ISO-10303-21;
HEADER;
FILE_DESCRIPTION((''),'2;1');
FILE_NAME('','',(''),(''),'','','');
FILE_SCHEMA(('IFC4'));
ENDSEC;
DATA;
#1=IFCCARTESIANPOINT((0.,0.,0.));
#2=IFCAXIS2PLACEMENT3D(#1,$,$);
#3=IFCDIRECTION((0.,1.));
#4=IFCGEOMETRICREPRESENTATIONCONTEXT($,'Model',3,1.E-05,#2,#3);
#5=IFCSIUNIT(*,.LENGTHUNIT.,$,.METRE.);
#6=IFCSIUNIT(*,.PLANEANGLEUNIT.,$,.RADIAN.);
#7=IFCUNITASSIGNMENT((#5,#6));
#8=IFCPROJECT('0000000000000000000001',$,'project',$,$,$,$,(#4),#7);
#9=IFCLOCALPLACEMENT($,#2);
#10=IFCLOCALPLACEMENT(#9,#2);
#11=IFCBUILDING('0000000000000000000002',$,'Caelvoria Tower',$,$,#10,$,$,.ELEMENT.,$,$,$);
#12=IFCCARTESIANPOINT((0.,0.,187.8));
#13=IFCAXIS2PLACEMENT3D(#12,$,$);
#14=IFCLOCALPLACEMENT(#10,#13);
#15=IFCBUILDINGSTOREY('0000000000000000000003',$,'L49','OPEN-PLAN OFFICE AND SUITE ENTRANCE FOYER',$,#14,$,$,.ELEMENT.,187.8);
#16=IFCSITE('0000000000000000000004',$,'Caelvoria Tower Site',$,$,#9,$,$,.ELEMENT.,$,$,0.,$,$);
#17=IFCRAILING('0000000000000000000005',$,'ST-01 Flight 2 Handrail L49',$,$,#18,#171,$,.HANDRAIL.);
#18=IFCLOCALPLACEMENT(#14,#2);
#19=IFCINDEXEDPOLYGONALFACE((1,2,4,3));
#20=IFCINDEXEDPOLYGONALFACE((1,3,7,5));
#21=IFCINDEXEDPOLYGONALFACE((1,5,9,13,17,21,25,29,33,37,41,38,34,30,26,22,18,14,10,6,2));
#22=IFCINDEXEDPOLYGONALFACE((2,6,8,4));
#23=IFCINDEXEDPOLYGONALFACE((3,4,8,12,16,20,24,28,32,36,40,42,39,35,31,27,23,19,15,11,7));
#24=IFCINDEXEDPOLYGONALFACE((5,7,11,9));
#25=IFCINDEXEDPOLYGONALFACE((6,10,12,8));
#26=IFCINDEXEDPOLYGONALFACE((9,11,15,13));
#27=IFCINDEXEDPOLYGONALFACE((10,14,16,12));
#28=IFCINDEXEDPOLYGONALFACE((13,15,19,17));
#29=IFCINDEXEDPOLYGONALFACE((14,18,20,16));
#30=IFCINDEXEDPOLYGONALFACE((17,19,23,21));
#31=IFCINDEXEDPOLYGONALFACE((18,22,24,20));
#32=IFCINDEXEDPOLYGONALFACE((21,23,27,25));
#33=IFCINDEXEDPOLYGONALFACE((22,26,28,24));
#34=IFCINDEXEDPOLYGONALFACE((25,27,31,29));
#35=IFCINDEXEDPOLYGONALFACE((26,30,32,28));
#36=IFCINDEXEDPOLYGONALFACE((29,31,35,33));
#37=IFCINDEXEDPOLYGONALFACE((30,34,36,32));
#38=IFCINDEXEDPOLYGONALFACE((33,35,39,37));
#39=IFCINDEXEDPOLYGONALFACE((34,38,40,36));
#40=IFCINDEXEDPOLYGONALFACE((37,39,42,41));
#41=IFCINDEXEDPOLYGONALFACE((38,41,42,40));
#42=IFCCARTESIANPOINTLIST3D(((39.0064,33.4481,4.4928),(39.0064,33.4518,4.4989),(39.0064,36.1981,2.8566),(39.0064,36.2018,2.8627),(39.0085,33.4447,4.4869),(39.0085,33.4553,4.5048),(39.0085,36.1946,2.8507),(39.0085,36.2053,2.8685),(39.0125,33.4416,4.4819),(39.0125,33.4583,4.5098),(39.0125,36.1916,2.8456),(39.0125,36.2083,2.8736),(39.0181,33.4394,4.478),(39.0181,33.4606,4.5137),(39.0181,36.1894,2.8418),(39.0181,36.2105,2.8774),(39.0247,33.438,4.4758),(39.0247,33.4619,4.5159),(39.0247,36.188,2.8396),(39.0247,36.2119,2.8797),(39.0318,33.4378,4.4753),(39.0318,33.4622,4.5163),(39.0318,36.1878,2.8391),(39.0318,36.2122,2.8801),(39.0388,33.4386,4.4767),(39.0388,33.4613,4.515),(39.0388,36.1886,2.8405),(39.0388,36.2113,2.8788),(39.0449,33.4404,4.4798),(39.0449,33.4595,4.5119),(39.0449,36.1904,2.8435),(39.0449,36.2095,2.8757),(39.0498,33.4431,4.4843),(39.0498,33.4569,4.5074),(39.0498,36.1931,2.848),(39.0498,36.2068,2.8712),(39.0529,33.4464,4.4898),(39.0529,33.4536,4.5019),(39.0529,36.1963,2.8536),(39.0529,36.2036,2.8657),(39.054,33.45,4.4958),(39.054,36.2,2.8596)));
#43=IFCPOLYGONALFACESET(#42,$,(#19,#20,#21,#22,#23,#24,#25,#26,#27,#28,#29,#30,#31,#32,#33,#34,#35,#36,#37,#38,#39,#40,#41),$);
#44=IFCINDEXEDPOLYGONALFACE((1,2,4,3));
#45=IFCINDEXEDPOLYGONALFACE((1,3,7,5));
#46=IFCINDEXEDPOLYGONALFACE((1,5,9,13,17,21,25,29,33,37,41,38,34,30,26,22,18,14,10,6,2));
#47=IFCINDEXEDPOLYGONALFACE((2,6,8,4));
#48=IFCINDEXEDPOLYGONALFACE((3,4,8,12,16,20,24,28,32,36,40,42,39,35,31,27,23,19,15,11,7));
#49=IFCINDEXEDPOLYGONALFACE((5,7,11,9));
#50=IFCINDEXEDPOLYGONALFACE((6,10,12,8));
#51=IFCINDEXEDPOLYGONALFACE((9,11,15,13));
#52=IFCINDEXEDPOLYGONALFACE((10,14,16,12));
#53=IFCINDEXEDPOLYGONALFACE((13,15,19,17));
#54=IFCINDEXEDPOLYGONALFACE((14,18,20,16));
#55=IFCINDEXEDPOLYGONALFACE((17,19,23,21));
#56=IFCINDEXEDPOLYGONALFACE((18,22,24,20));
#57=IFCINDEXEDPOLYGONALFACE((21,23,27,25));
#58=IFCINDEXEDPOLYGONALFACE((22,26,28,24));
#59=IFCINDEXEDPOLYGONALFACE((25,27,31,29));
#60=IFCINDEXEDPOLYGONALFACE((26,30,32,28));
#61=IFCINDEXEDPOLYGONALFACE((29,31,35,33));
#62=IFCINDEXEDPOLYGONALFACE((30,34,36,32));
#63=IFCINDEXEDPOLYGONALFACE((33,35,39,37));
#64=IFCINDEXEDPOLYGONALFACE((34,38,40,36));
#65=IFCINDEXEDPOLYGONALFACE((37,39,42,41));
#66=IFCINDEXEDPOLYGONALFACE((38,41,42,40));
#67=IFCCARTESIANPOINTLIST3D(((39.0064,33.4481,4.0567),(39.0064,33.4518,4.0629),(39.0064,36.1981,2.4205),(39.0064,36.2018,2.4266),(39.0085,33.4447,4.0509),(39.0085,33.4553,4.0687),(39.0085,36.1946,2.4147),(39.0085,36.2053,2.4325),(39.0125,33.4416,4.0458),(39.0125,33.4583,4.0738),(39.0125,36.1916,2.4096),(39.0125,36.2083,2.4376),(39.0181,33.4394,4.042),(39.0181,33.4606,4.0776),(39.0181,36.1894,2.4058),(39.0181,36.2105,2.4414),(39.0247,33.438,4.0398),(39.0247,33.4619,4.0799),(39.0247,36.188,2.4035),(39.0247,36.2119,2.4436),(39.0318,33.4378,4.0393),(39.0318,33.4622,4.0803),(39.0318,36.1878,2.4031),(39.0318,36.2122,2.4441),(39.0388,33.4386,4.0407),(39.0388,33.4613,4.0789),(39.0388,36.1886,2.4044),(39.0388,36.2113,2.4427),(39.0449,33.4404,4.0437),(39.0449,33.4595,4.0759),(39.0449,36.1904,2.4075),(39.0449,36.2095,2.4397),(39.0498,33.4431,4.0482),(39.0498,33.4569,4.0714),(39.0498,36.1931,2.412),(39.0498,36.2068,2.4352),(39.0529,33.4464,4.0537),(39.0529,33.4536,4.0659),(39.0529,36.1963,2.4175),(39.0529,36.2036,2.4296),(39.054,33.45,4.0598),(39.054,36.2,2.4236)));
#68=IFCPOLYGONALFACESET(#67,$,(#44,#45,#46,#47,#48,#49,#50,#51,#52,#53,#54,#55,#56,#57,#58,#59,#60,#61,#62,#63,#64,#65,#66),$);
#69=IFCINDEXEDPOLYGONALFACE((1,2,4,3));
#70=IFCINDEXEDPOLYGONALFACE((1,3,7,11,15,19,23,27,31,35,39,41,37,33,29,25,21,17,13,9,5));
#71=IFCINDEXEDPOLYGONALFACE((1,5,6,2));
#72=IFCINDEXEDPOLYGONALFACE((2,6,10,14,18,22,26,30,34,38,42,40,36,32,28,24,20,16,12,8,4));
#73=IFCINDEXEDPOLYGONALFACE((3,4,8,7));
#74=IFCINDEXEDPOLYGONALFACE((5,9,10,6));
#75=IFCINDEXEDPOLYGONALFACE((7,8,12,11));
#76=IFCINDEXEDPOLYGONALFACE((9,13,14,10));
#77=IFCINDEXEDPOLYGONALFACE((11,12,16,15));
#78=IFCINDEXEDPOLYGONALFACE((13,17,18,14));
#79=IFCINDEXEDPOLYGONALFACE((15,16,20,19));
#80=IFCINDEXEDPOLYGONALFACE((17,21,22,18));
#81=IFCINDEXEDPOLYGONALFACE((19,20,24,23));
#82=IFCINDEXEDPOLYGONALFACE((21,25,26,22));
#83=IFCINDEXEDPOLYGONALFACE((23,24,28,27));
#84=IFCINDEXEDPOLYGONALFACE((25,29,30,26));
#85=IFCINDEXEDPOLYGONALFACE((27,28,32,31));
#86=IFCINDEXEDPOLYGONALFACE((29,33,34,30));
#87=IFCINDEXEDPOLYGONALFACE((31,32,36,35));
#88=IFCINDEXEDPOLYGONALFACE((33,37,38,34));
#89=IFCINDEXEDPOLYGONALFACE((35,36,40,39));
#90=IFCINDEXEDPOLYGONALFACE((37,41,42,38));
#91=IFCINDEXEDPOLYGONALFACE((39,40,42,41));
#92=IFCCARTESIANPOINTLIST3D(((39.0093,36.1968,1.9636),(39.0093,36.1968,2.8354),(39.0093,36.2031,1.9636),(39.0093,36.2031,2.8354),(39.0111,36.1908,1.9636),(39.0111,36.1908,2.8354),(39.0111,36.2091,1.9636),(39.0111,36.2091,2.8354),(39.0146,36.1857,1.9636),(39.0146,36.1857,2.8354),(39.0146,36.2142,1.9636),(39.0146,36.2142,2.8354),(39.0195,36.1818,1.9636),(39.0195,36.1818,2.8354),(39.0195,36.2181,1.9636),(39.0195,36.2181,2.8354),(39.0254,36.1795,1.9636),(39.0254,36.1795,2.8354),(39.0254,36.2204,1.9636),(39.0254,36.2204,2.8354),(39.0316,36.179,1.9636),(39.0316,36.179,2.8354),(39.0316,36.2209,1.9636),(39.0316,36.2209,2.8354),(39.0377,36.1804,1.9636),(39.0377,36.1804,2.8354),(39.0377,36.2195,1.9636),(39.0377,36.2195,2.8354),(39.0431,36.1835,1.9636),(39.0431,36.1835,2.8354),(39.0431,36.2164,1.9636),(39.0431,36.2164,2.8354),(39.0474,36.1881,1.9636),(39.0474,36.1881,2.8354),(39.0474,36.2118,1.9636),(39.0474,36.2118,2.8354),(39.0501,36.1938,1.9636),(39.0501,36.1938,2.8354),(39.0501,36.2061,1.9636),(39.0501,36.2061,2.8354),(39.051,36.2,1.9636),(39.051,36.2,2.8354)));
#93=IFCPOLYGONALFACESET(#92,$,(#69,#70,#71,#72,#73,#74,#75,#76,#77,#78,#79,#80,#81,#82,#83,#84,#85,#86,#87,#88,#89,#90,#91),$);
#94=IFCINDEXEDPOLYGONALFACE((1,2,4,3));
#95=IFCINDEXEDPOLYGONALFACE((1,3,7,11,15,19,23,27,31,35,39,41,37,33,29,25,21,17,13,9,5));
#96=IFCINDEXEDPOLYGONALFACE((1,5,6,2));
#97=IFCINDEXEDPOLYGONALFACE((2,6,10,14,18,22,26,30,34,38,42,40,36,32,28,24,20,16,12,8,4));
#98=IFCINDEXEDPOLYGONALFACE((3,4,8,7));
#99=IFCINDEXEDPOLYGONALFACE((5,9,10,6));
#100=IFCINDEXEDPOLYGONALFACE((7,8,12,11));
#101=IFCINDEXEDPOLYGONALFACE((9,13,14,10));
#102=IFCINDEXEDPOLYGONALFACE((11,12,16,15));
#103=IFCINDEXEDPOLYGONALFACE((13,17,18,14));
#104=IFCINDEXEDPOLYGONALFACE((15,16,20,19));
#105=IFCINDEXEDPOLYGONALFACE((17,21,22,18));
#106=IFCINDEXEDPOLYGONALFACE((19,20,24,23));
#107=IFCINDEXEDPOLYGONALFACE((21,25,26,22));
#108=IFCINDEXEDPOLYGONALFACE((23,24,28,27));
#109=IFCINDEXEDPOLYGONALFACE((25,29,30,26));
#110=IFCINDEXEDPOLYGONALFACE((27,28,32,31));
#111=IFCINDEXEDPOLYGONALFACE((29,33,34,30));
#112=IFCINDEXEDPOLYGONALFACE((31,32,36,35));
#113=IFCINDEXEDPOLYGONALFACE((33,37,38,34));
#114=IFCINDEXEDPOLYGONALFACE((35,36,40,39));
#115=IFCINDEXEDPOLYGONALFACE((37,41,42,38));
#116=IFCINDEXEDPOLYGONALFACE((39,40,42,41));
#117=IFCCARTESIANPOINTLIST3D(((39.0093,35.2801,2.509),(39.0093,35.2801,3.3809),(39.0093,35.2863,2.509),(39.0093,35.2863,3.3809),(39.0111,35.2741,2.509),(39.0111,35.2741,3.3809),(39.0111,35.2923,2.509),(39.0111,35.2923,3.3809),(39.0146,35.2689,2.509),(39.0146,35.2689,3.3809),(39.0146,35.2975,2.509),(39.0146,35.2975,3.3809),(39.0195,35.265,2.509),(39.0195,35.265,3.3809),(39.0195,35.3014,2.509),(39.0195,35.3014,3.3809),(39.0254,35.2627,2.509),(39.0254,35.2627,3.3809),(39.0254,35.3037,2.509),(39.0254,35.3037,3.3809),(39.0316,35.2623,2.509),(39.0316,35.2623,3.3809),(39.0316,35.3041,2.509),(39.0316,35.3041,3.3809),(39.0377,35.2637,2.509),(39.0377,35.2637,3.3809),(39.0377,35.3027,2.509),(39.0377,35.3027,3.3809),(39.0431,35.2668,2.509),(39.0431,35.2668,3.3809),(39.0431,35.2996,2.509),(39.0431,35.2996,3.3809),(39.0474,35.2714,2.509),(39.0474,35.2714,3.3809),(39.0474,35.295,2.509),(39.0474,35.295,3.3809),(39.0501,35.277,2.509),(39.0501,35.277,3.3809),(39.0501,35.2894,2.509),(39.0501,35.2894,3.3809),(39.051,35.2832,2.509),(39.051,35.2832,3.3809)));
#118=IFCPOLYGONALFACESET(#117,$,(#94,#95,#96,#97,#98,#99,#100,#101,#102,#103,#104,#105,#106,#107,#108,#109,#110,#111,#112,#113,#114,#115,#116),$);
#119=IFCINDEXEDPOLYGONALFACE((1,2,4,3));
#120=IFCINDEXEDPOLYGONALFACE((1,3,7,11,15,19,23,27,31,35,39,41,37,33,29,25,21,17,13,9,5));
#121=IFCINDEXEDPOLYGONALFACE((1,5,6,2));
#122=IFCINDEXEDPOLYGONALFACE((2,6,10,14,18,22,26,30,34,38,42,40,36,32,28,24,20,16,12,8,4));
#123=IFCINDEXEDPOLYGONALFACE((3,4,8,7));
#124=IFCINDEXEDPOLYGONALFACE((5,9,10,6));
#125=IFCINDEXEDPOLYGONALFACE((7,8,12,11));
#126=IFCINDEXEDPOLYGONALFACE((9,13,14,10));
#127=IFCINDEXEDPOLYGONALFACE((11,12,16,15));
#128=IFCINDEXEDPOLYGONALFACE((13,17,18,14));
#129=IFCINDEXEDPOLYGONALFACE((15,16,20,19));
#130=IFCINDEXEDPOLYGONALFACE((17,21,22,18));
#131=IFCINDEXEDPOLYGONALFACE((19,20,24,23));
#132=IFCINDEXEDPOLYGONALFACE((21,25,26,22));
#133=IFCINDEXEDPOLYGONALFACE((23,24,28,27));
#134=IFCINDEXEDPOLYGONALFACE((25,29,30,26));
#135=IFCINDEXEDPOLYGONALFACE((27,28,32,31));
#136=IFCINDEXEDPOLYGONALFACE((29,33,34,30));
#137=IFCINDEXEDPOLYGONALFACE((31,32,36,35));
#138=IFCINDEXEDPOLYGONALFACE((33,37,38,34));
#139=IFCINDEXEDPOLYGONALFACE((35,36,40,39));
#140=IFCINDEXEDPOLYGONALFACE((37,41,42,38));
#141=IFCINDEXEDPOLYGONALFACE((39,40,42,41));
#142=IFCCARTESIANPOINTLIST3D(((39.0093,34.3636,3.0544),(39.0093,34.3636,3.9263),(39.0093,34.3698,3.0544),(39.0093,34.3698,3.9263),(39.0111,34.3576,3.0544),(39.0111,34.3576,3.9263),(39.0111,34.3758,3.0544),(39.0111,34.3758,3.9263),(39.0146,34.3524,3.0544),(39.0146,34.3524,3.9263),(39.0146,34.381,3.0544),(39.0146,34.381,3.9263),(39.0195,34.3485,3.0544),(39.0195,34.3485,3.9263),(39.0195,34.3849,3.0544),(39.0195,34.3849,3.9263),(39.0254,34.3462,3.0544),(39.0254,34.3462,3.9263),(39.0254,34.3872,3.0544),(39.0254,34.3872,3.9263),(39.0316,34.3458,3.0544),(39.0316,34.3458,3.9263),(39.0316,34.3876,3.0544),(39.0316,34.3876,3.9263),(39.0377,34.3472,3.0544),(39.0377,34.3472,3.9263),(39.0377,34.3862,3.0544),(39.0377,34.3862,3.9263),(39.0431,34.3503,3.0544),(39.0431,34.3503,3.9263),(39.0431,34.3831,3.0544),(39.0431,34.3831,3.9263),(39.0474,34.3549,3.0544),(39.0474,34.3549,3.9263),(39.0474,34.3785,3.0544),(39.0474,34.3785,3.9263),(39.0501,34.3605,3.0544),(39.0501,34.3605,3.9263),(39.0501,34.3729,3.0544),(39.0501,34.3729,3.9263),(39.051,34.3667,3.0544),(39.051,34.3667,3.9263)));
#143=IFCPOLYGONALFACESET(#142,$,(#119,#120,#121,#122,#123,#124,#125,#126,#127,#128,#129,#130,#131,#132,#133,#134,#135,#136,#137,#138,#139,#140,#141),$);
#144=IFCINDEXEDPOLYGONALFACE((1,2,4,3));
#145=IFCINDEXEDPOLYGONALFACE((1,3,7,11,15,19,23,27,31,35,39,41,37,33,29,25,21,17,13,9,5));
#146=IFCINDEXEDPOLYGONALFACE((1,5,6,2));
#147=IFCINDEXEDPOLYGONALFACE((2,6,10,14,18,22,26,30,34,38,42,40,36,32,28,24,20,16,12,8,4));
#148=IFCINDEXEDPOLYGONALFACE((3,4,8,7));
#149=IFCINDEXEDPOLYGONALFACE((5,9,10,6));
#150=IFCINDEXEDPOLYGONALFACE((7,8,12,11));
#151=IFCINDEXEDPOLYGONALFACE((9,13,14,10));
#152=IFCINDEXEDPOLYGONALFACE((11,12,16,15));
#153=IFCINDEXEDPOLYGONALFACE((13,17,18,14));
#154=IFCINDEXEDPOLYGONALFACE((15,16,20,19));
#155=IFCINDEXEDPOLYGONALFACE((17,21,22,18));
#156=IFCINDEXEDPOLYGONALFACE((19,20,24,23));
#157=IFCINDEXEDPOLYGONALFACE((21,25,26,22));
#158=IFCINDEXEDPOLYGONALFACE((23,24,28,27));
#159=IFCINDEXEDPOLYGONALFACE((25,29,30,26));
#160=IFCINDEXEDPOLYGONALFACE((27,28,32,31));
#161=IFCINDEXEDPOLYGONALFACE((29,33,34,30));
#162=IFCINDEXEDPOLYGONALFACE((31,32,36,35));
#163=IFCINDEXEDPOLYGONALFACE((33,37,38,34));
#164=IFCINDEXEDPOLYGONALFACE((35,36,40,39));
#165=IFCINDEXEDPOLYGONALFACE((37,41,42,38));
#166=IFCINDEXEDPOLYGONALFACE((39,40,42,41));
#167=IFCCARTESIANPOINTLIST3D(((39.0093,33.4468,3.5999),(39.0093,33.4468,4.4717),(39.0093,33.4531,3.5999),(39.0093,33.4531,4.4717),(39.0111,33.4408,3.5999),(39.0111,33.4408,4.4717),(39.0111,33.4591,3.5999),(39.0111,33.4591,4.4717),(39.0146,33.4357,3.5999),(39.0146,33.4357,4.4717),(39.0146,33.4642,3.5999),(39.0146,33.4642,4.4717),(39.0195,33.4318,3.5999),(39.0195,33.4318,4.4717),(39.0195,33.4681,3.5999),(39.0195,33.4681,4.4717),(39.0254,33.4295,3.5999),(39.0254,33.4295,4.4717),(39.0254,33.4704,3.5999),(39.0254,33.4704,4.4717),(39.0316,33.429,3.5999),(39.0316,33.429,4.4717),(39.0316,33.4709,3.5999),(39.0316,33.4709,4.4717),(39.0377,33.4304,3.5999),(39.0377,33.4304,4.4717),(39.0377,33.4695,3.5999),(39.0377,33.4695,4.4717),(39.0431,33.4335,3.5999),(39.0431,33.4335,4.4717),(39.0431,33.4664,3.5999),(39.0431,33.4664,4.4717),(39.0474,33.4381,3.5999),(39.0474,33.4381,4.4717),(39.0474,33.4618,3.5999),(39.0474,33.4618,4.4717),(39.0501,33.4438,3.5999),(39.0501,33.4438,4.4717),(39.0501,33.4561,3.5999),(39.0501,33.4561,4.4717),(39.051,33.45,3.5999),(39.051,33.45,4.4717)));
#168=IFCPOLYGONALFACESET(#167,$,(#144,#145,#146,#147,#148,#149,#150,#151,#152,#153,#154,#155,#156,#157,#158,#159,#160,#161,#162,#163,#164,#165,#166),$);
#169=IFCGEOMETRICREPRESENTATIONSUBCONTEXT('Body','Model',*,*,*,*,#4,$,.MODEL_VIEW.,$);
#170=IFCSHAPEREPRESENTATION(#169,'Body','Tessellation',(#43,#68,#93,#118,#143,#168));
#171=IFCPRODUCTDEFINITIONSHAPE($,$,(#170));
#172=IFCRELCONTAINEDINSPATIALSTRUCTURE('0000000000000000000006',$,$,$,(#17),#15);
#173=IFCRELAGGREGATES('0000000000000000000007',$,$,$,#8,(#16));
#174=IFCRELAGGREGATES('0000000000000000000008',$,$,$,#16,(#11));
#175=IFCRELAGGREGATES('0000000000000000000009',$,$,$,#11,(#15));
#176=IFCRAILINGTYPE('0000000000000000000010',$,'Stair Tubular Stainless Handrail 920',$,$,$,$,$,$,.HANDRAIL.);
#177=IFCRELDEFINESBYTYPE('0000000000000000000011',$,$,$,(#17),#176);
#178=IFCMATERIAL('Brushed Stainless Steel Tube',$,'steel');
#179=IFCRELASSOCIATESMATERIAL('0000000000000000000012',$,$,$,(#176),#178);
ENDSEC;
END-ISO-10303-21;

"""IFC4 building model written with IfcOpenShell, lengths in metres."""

from ifc_helpers import new_model, si_unit, direction, frame, origin, origin_2d, place, context, subcontext, project, spatial, circle, extrude, material, type_object, element, save


model = new_model("IFC4")

# Units and contexts
model_context = context("Model", 3, precision=1e-05, world=origin(), true_north=direction((0.0, 1.0)))
body_context = subcontext(model_context, "Body", "Model", "MODEL_VIEW")
ifc_project = project(units=[si_unit("LENGTHUNIT", "METRE"), si_unit("PLANEANGLEUNIT", "RADIAN")], contexts=[model_context])

# Site, building, storey
site_placement = place(None, origin())
site = spatial("IfcSite", under=ifc_project, at=site_placement, Name="Caelvoria Tower Site", CompositionType="ELEMENT", RefElevation=0.0)
building_placement = place(site_placement, origin())
building = spatial("IfcBuilding", under=site, at=building_placement, Name="Caelvoria Tower", CompositionType="ELEMENT")
storey_placement = place(building_placement, frame((0.0, 0.0, 187.8)))
storey = spatial("IfcBuildingStorey", under=building, at=storey_placement, Name="L49", Description="OPEN-PLAN OFFICE AND SUITE ENTRANCE FOYER", CompositionType="ELEMENT", Elevation=187.8)

# Railing
ifc_material_1 = material(Name="Brushed Stainless Steel Tube", Category="steel")
railing_type_1 = type_object("IfcRailingType", Name="Stair Tubular Stainless Handrail 920", PredefinedType="HANDRAIL", material=ifc_material_1)
railing_1_placement = place(storey_placement, frame((39.03, 36.2, 1.9636)))
element("IfcRailing", 1, at=railing_1_placement, inside=storey, type_object=railing_type_1, Name="ST-01 Flight 2 Handrail L49", PredefinedType="HANDRAIL", context=body_context, shape_type="SweptSolid", body=[
    extrude(circle(Radius=0.0239, at=origin_2d()), frame((0.0, 0.0, 0.896), z_axis=(0.0, -0.859385, 0.511328), x_axis=(1.0, 0.0, 0.0)), (0.0, 0.0, 1.0), 3.2),
    extrude(circle(Radius=0.0239, at=origin_2d()), frame((0.0, 0.0, 0.46), z_axis=(0.0, -0.859385, 0.511328), x_axis=(1.0, 0.0, 0.0)), (0.0, 0.0, 1.0), 3.2),
    extrude(circle(Radius=0.021, at=origin_2d()), origin(), (0.0, 0.0, 1.0), 0.8718),
    extrude(circle(Radius=0.021, at=origin_2d()), frame((0.0, -0.9167, 0.5454)), (0.0, 0.0, 1.0), 0.8718),
    extrude(circle(Radius=0.021, at=origin_2d()), frame((0.0, -1.8333, 1.0908)), (0.0, 0.0, 1.0), 0.8718),
    extrude(circle(Radius=0.021, at=origin_2d()), frame((0.0, -2.75, 1.6362)), (0.0, 0.0, 1.0), 0.8718),
])

save(model, "model.ifc")
